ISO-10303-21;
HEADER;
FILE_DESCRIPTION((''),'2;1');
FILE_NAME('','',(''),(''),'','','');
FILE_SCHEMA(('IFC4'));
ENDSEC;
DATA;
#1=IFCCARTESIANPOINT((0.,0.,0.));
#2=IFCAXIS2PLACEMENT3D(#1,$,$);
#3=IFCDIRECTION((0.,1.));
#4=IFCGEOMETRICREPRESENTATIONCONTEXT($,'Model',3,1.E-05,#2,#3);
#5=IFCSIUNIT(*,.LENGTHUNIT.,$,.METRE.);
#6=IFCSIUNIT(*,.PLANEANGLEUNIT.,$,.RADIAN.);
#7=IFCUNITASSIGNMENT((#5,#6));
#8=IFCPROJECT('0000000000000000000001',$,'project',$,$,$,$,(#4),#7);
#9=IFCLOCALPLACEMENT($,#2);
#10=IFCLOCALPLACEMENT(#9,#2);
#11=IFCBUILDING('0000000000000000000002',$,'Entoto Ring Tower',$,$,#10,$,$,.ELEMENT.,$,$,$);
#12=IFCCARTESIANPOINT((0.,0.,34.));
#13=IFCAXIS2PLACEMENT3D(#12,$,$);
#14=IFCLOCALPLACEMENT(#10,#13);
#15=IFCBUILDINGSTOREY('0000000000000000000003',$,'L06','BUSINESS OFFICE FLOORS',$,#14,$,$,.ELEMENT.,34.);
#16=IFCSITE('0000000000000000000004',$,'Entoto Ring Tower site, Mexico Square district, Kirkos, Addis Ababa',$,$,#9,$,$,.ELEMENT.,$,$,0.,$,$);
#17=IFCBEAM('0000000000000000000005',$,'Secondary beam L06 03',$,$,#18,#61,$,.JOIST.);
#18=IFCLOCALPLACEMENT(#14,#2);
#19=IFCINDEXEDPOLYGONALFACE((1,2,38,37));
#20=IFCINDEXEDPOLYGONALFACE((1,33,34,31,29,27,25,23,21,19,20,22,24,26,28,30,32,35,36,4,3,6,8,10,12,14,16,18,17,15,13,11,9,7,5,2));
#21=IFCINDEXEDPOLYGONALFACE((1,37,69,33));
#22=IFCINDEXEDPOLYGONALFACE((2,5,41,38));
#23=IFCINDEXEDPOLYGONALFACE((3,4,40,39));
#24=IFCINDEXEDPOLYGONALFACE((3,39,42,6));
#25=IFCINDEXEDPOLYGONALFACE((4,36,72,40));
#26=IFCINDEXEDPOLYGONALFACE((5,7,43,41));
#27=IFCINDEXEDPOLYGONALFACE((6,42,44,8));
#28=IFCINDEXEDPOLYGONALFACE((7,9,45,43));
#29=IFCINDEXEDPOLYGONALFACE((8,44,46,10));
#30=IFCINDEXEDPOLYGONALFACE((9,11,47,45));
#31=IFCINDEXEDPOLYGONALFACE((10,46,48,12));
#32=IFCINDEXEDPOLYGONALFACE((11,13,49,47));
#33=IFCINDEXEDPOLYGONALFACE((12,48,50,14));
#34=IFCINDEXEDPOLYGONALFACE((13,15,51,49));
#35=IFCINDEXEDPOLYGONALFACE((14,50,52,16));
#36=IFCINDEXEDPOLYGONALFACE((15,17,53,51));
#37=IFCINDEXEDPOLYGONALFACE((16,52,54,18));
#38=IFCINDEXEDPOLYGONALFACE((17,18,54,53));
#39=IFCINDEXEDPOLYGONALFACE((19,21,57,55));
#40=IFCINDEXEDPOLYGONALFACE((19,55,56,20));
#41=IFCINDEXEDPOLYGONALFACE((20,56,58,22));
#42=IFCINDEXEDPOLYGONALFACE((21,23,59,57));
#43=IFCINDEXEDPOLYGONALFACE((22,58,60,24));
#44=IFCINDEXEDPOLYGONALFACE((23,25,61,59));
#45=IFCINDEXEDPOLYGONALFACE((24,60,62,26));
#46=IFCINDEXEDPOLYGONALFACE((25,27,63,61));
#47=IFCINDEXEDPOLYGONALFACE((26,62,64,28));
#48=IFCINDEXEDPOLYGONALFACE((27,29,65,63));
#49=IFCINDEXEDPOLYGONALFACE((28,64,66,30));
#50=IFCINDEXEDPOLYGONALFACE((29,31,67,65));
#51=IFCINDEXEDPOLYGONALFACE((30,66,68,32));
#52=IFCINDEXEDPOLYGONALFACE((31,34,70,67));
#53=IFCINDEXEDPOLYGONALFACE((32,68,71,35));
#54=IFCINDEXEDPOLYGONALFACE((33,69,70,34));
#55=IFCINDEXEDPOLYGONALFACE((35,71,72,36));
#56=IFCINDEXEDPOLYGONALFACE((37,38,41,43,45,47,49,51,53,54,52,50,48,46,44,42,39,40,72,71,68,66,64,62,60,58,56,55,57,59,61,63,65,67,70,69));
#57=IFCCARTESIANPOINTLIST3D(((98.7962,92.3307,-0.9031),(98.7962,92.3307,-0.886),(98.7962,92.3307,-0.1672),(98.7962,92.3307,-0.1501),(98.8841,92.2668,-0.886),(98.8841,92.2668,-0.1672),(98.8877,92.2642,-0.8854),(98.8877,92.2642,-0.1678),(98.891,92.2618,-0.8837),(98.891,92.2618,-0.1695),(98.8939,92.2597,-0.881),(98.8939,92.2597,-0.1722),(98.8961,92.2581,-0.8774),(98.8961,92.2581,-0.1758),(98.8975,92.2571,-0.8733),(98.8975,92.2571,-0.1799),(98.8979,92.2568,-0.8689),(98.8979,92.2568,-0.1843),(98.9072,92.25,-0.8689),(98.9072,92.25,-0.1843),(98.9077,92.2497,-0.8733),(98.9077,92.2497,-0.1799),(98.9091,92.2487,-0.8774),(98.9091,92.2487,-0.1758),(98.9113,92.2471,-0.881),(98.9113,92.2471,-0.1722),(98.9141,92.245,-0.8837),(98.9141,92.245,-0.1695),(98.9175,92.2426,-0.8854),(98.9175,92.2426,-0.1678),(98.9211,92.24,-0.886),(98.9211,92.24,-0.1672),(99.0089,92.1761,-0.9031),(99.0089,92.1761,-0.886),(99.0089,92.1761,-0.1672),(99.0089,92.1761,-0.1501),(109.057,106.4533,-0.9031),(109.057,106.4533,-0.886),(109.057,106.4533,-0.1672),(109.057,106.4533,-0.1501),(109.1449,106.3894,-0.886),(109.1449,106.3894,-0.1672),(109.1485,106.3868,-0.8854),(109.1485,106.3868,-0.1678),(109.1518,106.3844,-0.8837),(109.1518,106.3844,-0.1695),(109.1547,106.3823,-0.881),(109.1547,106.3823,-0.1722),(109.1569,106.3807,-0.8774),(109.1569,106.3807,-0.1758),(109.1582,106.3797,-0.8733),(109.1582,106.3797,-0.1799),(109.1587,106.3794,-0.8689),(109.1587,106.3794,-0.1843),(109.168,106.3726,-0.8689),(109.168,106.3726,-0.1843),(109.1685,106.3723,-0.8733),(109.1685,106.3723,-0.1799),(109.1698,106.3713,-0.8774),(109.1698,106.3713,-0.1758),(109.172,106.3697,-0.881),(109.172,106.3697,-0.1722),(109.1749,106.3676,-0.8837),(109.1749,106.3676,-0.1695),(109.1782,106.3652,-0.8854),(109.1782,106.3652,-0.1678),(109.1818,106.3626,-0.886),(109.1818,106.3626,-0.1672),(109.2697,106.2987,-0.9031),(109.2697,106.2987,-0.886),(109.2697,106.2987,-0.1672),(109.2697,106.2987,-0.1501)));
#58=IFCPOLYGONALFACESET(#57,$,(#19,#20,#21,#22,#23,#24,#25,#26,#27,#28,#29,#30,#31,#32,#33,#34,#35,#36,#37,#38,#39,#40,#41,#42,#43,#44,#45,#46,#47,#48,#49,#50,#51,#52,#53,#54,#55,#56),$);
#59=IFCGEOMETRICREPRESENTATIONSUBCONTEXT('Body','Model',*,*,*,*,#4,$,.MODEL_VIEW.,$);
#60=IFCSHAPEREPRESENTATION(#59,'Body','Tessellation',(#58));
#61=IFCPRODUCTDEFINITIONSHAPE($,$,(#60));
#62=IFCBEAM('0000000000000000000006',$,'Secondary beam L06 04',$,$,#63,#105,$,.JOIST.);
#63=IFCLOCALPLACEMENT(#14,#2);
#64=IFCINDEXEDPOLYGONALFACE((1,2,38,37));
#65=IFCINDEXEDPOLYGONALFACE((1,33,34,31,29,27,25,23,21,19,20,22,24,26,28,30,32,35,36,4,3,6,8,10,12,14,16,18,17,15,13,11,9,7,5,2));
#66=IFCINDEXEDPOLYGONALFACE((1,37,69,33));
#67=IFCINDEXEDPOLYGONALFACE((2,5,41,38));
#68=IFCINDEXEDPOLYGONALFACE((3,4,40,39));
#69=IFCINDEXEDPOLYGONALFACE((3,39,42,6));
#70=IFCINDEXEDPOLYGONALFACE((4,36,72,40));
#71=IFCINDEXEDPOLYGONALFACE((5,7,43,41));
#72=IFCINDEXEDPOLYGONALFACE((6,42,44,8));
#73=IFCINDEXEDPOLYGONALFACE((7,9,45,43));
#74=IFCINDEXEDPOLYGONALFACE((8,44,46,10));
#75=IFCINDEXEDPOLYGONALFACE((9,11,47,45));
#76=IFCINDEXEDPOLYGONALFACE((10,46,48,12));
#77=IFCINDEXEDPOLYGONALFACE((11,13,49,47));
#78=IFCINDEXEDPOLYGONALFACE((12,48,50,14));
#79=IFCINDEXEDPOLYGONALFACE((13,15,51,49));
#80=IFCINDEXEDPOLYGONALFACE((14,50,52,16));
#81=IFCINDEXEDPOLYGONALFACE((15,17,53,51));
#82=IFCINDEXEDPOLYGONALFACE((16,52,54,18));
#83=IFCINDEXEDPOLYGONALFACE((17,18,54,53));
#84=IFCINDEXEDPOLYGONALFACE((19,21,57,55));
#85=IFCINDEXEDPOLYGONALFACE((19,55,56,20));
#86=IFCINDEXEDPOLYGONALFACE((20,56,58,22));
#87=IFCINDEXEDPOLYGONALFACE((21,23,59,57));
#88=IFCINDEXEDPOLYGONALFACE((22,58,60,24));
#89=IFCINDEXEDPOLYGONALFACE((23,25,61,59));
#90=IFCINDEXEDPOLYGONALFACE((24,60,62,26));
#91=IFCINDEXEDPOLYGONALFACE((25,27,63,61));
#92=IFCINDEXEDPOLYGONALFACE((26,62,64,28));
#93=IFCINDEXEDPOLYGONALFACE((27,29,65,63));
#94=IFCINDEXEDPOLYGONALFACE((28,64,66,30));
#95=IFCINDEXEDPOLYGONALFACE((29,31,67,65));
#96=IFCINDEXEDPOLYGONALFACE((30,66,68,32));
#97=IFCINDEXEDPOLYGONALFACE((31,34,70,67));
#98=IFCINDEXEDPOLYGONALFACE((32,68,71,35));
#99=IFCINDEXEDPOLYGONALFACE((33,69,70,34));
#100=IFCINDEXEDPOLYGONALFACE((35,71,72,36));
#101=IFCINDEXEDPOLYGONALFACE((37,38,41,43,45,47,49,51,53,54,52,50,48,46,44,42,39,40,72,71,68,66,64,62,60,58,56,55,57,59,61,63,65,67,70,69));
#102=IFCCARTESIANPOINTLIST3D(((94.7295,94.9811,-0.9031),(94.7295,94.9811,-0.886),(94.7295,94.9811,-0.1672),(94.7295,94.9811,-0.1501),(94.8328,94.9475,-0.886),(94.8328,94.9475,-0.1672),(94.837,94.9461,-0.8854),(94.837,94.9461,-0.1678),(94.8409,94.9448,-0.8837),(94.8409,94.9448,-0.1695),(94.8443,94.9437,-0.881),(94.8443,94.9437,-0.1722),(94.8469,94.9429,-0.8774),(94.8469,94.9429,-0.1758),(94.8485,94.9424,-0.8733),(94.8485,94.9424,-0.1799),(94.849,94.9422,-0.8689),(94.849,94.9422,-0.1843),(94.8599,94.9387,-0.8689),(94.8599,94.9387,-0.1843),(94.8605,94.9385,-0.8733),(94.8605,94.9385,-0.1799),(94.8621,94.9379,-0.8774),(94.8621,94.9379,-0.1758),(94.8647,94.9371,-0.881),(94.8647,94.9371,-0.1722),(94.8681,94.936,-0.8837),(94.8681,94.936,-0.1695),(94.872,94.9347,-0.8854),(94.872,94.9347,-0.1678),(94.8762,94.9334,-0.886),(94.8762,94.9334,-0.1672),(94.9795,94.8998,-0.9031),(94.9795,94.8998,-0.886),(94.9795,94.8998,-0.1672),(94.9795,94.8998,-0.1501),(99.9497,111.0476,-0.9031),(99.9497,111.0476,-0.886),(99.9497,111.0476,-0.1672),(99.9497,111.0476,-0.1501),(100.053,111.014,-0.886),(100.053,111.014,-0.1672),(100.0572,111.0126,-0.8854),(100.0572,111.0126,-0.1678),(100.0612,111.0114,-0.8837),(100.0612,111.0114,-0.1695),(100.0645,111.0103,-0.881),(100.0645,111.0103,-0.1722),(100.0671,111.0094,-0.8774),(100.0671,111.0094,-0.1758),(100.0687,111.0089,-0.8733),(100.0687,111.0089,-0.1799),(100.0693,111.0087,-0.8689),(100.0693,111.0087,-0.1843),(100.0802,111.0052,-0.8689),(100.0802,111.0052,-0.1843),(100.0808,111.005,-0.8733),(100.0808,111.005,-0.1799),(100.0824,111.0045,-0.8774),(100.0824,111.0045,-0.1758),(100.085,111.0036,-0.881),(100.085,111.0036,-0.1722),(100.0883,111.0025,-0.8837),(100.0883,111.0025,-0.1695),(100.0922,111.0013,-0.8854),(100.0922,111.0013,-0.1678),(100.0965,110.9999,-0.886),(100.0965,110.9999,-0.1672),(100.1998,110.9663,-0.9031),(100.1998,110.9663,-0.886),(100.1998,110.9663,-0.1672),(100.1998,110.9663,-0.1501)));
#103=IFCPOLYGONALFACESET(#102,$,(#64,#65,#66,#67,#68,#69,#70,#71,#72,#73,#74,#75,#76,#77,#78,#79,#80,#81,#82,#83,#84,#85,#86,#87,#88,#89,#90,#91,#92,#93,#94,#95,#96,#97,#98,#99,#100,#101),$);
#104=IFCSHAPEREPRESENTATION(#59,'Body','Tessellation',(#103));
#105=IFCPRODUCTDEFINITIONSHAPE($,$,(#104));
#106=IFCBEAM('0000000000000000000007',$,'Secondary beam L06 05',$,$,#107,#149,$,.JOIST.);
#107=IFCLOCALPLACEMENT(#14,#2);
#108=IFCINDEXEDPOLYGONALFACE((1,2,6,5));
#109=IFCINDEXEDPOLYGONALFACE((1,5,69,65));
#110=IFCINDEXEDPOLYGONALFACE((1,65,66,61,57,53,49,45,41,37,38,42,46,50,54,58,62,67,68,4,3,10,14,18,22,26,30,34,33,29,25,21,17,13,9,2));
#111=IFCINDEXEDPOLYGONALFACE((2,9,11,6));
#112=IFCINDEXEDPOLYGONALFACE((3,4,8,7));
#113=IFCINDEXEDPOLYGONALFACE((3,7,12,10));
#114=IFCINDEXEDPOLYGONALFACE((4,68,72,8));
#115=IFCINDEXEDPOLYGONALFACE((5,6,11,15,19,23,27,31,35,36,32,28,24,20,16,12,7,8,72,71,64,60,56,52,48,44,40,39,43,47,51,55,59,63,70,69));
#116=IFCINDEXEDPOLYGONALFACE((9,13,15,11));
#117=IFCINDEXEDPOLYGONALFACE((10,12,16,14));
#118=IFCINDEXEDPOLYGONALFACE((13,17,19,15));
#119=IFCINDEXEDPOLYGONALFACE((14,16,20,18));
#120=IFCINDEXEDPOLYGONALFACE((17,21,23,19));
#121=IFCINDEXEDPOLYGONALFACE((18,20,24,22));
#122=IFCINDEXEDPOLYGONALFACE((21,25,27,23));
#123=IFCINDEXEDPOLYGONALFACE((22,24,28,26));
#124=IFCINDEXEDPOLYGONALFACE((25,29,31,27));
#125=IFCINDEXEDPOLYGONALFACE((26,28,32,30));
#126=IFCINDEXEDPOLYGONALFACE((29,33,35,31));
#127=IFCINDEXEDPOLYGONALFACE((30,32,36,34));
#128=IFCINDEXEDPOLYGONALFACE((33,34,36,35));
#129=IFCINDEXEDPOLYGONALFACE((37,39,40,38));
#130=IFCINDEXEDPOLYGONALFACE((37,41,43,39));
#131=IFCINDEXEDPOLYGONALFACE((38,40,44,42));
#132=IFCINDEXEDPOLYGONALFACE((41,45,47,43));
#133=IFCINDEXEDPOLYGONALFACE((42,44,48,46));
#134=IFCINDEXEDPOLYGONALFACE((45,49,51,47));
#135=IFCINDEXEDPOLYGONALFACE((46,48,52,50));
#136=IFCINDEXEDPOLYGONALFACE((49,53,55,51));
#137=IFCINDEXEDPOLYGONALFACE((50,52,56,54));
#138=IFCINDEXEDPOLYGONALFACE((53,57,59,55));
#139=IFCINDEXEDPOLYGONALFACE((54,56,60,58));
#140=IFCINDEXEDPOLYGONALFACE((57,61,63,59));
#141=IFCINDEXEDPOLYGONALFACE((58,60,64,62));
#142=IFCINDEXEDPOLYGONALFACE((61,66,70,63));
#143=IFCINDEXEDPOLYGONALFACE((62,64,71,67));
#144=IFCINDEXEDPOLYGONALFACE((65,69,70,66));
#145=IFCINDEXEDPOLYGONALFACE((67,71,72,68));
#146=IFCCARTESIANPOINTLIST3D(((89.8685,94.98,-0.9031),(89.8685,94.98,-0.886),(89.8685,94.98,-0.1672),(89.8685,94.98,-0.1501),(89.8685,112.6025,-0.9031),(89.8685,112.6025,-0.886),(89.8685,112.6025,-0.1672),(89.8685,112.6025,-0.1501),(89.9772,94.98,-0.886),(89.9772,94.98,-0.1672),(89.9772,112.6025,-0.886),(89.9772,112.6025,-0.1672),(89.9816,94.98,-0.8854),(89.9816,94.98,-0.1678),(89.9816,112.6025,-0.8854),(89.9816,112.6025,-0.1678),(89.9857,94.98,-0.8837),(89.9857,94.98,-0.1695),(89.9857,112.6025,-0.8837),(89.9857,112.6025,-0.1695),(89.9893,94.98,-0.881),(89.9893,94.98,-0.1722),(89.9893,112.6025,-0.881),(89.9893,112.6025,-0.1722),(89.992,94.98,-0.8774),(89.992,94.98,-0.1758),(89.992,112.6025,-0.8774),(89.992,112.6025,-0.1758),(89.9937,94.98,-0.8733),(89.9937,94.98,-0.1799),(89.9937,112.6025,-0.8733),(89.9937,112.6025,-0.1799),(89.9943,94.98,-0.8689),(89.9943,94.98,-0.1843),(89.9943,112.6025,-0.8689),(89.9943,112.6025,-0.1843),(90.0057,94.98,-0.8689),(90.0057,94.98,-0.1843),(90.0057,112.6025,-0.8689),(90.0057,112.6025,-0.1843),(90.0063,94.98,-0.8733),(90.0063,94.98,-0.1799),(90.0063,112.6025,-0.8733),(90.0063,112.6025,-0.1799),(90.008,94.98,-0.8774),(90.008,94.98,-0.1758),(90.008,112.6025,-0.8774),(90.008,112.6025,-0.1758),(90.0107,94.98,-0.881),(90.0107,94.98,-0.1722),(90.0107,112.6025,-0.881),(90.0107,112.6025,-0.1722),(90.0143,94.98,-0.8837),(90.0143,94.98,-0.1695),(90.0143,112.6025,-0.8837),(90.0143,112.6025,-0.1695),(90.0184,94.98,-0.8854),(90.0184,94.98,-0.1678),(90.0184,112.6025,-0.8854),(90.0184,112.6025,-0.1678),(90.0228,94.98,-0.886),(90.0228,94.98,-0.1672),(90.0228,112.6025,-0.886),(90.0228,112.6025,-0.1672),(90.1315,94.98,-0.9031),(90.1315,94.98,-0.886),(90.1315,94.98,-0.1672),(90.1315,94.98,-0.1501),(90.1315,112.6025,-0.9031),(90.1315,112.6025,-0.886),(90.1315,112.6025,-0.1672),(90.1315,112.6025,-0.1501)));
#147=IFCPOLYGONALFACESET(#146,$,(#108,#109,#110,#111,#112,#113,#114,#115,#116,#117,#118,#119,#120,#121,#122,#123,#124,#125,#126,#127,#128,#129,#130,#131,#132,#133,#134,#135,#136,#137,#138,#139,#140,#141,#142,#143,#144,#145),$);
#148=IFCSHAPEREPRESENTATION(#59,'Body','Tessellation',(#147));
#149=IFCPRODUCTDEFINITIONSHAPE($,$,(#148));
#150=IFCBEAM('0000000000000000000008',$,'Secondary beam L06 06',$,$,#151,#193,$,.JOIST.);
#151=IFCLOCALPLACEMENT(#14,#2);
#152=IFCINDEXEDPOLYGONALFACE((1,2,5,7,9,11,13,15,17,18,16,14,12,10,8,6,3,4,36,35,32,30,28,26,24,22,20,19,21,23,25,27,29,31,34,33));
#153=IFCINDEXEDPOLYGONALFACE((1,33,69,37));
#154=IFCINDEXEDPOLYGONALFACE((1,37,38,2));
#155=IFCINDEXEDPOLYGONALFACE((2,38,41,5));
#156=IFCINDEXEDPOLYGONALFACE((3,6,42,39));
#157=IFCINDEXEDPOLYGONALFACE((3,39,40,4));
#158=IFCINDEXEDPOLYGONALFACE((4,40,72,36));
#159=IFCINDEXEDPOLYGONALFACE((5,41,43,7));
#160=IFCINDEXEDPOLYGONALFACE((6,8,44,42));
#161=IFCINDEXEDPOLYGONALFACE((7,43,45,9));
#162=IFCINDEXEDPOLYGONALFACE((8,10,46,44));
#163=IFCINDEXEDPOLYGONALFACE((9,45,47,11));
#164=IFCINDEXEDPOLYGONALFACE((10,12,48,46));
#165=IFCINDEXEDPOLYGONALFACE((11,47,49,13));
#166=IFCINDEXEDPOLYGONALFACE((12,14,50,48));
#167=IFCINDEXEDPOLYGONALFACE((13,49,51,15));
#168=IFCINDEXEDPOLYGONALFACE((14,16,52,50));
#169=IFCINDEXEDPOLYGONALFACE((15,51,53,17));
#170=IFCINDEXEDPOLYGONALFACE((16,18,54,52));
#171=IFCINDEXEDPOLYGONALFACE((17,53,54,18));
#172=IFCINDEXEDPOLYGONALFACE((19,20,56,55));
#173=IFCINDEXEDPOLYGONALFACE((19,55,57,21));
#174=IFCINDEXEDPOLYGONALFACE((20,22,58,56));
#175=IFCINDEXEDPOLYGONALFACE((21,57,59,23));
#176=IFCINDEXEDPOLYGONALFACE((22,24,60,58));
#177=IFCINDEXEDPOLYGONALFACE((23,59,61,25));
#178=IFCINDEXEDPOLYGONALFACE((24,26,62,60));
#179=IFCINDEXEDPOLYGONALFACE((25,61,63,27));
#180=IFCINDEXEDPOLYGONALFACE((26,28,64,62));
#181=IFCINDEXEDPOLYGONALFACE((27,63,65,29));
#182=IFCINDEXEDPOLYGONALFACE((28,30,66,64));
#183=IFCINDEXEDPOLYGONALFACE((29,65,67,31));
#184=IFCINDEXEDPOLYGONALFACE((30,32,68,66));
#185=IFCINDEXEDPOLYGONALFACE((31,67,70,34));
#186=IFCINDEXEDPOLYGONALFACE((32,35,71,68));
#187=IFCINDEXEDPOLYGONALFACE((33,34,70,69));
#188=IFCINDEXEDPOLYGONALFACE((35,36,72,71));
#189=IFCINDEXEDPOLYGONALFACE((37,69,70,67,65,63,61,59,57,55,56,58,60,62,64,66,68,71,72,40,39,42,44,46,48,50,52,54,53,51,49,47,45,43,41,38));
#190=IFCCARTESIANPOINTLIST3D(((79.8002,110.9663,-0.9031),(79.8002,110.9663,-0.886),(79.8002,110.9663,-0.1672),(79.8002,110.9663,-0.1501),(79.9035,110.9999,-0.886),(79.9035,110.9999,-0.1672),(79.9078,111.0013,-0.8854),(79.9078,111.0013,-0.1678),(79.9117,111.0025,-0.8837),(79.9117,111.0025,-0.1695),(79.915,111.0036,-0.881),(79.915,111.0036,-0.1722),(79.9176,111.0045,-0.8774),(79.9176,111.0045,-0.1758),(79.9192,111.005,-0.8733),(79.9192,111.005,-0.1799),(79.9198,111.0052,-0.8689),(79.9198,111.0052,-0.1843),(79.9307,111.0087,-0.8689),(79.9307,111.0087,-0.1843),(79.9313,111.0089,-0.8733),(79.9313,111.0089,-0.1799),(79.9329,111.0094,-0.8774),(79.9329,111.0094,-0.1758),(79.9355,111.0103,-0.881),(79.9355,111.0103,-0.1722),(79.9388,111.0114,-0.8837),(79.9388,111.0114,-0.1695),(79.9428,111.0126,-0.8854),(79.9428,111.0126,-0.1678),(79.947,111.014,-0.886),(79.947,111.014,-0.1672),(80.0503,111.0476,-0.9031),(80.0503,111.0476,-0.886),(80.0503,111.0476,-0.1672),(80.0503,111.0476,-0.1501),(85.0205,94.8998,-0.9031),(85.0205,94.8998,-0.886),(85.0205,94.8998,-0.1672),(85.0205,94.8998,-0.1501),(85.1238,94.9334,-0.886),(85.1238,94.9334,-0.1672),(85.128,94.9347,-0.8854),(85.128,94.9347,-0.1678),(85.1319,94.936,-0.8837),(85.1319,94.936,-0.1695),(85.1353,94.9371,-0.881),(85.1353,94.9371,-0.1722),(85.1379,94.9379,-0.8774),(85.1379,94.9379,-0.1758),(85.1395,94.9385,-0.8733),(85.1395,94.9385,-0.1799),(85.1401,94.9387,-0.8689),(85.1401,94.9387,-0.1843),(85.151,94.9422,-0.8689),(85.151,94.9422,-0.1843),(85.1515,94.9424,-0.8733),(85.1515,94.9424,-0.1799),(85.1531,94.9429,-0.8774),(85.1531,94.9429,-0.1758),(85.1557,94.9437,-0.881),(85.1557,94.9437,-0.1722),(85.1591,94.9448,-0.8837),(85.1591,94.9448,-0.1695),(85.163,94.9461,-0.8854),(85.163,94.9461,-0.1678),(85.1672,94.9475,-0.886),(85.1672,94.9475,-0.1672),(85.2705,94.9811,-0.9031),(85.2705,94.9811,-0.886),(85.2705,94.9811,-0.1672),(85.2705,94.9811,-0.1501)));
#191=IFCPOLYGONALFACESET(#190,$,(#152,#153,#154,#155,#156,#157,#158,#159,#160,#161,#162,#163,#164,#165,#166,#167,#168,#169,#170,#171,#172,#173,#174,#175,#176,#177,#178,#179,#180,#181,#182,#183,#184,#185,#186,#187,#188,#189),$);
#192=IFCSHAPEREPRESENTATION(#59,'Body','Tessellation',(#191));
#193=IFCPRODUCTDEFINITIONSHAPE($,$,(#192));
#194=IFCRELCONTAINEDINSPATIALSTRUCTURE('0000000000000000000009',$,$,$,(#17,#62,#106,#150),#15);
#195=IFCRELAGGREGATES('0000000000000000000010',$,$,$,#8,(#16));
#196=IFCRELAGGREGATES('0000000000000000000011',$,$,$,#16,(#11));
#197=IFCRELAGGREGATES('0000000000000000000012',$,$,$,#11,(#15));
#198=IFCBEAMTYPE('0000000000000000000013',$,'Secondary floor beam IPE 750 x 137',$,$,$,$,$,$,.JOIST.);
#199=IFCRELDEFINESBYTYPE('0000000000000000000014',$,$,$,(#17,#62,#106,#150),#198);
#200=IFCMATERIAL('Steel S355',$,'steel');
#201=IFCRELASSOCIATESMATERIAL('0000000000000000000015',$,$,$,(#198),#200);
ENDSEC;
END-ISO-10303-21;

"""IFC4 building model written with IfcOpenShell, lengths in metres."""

from ifc_helpers import new_model, si_unit, direction, frame, origin, origin_2d, place, context, subcontext, project, spatial, i_section, extrude, material, material_profile, profile_set, type_object, element, save


model = new_model("IFC4")

# Units and contexts
model_context = context("Model", 3, precision=1e-05, world=origin(), true_north=direction((0.0, 1.0)))
body_context = subcontext(model_context, "Body", "Model", "MODEL_VIEW")
ifc_project = project(units=[si_unit("LENGTHUNIT", "METRE"), si_unit("PLANEANGLEUNIT", "RADIAN")], contexts=[model_context])

# Site, building, storey
site_placement = place(None, origin())
site = spatial("IfcSite", under=ifc_project, at=site_placement, Name="Entoto Ring Tower site, Mexico Square district, Kirkos, Addis Ababa", CompositionType="ELEMENT", RefElevation=0.0)
building_placement = place(site_placement, origin())
building = spatial("IfcBuilding", under=site, at=building_placement, Name="Entoto Ring Tower", CompositionType="ELEMENT")
storey_placement = place(building_placement, frame((0.0, 0.0, 34.0)))
storey = spatial("IfcBuildingStorey", under=building, at=storey_placement, Name="L06", Description="BUSINESS OFFICE FLOORS", CompositionType="ELEMENT", Elevation=34.0)

# Beams
ifc_material_1 = material(Name="Steel S355", Category="steel")
ifc_material_profile_1 = material_profile(ifc_material_1, i_section(OverallWidth=0.2629, OverallDepth=0.7529, WebThickness=0.0115, FlangeThickness=0.0171, FilletRadius=0.0171, at=origin_2d()), Name="IPE 750 x 137")
ifc_profile_set_1 = profile_set([ifc_material_profile_1], Name="Steel S355")
beam_type_1 = type_object("IfcBeamType", Name="Secondary floor beam IPE 750 x 137", PredefinedType="JOIST", material=ifc_profile_set_1)
beam_1_placement = place(storey_placement, frame((98.9026, 92.2534, -0.5266), z_axis=(0.587789, 0.809014, 0.0), x_axis=(-0.809014, 0.587789, 0.0)))
element("IfcBeam", 1, at=beam_1_placement, inside=storey, type_object=beam_type_1, Name="Secondary beam L06 03", PredefinedType="JOIST", context=body_context, shape_type="SweptSolid", body=[
    extrude(i_section(OverallWidth=0.2629, OverallDepth=0.7529, WebThickness=0.0115, FlangeThickness=0.0171, FilletRadius=0.0171, at=origin_2d()), origin(), (0.0, 0.0, 1.0), 17.4565),
])
beam_2_placement = place(storey_placement, frame((94.8545, 94.9404, -0.5266), z_axis=(0.309013, 0.951058, 0.0), x_axis=(-0.951058, 0.309013, 0.0)))
element("IfcBeam", 2, at=beam_2_placement, inside=storey, type_object=beam_type_1, Name="Secondary beam L06 04", PredefinedType="JOIST", context=body_context, shape_type="SweptSolid", body=[
    extrude(i_section(OverallWidth=0.2629, OverallDepth=0.7529, WebThickness=0.0115, FlangeThickness=0.0171, FilletRadius=0.0171, at=origin_2d()), origin(), (0.0, 0.0, 1.0), 16.8933),
])
beam_3_placement = place(storey_placement, frame((90.0, 94.98, -0.5266), z_axis=(0.0, 1.0, 0.0), x_axis=(-1.0, 0.0, 0.0)))
element("IfcBeam", 3, at=beam_3_placement, inside=storey, type_object=beam_type_1, Name="Secondary beam L06 05", PredefinedType="JOIST", context=body_context, shape_type="SweptSolid", body=[
    extrude(i_section(OverallWidth=0.2629, OverallDepth=0.7529, WebThickness=0.0115, FlangeThickness=0.0171, FilletRadius=0.0171, at=origin_2d()), origin(), (0.0, 0.0, 1.0), 17.6226),
])
beam_4_placement = place(storey_placement, frame((85.1455, 94.9404, -0.5266), z_axis=(-0.309013, 0.951058, 0.0), x_axis=(-0.951058, -0.309013, 0.0)))
element("IfcBeam", 4, at=beam_4_placement, inside=storey, type_object=beam_type_1, Name="Secondary beam L06 06", PredefinedType="JOIST", context=body_context, shape_type="SweptSolid", body=[
    extrude(i_section(OverallWidth=0.2629, OverallDepth=0.7529, WebThickness=0.0115, FlangeThickness=0.0171, FilletRadius=0.0171, at=origin_2d()), origin(), (0.0, 0.0, 1.0), 16.8933),
])

save(model, "model.ifc")
